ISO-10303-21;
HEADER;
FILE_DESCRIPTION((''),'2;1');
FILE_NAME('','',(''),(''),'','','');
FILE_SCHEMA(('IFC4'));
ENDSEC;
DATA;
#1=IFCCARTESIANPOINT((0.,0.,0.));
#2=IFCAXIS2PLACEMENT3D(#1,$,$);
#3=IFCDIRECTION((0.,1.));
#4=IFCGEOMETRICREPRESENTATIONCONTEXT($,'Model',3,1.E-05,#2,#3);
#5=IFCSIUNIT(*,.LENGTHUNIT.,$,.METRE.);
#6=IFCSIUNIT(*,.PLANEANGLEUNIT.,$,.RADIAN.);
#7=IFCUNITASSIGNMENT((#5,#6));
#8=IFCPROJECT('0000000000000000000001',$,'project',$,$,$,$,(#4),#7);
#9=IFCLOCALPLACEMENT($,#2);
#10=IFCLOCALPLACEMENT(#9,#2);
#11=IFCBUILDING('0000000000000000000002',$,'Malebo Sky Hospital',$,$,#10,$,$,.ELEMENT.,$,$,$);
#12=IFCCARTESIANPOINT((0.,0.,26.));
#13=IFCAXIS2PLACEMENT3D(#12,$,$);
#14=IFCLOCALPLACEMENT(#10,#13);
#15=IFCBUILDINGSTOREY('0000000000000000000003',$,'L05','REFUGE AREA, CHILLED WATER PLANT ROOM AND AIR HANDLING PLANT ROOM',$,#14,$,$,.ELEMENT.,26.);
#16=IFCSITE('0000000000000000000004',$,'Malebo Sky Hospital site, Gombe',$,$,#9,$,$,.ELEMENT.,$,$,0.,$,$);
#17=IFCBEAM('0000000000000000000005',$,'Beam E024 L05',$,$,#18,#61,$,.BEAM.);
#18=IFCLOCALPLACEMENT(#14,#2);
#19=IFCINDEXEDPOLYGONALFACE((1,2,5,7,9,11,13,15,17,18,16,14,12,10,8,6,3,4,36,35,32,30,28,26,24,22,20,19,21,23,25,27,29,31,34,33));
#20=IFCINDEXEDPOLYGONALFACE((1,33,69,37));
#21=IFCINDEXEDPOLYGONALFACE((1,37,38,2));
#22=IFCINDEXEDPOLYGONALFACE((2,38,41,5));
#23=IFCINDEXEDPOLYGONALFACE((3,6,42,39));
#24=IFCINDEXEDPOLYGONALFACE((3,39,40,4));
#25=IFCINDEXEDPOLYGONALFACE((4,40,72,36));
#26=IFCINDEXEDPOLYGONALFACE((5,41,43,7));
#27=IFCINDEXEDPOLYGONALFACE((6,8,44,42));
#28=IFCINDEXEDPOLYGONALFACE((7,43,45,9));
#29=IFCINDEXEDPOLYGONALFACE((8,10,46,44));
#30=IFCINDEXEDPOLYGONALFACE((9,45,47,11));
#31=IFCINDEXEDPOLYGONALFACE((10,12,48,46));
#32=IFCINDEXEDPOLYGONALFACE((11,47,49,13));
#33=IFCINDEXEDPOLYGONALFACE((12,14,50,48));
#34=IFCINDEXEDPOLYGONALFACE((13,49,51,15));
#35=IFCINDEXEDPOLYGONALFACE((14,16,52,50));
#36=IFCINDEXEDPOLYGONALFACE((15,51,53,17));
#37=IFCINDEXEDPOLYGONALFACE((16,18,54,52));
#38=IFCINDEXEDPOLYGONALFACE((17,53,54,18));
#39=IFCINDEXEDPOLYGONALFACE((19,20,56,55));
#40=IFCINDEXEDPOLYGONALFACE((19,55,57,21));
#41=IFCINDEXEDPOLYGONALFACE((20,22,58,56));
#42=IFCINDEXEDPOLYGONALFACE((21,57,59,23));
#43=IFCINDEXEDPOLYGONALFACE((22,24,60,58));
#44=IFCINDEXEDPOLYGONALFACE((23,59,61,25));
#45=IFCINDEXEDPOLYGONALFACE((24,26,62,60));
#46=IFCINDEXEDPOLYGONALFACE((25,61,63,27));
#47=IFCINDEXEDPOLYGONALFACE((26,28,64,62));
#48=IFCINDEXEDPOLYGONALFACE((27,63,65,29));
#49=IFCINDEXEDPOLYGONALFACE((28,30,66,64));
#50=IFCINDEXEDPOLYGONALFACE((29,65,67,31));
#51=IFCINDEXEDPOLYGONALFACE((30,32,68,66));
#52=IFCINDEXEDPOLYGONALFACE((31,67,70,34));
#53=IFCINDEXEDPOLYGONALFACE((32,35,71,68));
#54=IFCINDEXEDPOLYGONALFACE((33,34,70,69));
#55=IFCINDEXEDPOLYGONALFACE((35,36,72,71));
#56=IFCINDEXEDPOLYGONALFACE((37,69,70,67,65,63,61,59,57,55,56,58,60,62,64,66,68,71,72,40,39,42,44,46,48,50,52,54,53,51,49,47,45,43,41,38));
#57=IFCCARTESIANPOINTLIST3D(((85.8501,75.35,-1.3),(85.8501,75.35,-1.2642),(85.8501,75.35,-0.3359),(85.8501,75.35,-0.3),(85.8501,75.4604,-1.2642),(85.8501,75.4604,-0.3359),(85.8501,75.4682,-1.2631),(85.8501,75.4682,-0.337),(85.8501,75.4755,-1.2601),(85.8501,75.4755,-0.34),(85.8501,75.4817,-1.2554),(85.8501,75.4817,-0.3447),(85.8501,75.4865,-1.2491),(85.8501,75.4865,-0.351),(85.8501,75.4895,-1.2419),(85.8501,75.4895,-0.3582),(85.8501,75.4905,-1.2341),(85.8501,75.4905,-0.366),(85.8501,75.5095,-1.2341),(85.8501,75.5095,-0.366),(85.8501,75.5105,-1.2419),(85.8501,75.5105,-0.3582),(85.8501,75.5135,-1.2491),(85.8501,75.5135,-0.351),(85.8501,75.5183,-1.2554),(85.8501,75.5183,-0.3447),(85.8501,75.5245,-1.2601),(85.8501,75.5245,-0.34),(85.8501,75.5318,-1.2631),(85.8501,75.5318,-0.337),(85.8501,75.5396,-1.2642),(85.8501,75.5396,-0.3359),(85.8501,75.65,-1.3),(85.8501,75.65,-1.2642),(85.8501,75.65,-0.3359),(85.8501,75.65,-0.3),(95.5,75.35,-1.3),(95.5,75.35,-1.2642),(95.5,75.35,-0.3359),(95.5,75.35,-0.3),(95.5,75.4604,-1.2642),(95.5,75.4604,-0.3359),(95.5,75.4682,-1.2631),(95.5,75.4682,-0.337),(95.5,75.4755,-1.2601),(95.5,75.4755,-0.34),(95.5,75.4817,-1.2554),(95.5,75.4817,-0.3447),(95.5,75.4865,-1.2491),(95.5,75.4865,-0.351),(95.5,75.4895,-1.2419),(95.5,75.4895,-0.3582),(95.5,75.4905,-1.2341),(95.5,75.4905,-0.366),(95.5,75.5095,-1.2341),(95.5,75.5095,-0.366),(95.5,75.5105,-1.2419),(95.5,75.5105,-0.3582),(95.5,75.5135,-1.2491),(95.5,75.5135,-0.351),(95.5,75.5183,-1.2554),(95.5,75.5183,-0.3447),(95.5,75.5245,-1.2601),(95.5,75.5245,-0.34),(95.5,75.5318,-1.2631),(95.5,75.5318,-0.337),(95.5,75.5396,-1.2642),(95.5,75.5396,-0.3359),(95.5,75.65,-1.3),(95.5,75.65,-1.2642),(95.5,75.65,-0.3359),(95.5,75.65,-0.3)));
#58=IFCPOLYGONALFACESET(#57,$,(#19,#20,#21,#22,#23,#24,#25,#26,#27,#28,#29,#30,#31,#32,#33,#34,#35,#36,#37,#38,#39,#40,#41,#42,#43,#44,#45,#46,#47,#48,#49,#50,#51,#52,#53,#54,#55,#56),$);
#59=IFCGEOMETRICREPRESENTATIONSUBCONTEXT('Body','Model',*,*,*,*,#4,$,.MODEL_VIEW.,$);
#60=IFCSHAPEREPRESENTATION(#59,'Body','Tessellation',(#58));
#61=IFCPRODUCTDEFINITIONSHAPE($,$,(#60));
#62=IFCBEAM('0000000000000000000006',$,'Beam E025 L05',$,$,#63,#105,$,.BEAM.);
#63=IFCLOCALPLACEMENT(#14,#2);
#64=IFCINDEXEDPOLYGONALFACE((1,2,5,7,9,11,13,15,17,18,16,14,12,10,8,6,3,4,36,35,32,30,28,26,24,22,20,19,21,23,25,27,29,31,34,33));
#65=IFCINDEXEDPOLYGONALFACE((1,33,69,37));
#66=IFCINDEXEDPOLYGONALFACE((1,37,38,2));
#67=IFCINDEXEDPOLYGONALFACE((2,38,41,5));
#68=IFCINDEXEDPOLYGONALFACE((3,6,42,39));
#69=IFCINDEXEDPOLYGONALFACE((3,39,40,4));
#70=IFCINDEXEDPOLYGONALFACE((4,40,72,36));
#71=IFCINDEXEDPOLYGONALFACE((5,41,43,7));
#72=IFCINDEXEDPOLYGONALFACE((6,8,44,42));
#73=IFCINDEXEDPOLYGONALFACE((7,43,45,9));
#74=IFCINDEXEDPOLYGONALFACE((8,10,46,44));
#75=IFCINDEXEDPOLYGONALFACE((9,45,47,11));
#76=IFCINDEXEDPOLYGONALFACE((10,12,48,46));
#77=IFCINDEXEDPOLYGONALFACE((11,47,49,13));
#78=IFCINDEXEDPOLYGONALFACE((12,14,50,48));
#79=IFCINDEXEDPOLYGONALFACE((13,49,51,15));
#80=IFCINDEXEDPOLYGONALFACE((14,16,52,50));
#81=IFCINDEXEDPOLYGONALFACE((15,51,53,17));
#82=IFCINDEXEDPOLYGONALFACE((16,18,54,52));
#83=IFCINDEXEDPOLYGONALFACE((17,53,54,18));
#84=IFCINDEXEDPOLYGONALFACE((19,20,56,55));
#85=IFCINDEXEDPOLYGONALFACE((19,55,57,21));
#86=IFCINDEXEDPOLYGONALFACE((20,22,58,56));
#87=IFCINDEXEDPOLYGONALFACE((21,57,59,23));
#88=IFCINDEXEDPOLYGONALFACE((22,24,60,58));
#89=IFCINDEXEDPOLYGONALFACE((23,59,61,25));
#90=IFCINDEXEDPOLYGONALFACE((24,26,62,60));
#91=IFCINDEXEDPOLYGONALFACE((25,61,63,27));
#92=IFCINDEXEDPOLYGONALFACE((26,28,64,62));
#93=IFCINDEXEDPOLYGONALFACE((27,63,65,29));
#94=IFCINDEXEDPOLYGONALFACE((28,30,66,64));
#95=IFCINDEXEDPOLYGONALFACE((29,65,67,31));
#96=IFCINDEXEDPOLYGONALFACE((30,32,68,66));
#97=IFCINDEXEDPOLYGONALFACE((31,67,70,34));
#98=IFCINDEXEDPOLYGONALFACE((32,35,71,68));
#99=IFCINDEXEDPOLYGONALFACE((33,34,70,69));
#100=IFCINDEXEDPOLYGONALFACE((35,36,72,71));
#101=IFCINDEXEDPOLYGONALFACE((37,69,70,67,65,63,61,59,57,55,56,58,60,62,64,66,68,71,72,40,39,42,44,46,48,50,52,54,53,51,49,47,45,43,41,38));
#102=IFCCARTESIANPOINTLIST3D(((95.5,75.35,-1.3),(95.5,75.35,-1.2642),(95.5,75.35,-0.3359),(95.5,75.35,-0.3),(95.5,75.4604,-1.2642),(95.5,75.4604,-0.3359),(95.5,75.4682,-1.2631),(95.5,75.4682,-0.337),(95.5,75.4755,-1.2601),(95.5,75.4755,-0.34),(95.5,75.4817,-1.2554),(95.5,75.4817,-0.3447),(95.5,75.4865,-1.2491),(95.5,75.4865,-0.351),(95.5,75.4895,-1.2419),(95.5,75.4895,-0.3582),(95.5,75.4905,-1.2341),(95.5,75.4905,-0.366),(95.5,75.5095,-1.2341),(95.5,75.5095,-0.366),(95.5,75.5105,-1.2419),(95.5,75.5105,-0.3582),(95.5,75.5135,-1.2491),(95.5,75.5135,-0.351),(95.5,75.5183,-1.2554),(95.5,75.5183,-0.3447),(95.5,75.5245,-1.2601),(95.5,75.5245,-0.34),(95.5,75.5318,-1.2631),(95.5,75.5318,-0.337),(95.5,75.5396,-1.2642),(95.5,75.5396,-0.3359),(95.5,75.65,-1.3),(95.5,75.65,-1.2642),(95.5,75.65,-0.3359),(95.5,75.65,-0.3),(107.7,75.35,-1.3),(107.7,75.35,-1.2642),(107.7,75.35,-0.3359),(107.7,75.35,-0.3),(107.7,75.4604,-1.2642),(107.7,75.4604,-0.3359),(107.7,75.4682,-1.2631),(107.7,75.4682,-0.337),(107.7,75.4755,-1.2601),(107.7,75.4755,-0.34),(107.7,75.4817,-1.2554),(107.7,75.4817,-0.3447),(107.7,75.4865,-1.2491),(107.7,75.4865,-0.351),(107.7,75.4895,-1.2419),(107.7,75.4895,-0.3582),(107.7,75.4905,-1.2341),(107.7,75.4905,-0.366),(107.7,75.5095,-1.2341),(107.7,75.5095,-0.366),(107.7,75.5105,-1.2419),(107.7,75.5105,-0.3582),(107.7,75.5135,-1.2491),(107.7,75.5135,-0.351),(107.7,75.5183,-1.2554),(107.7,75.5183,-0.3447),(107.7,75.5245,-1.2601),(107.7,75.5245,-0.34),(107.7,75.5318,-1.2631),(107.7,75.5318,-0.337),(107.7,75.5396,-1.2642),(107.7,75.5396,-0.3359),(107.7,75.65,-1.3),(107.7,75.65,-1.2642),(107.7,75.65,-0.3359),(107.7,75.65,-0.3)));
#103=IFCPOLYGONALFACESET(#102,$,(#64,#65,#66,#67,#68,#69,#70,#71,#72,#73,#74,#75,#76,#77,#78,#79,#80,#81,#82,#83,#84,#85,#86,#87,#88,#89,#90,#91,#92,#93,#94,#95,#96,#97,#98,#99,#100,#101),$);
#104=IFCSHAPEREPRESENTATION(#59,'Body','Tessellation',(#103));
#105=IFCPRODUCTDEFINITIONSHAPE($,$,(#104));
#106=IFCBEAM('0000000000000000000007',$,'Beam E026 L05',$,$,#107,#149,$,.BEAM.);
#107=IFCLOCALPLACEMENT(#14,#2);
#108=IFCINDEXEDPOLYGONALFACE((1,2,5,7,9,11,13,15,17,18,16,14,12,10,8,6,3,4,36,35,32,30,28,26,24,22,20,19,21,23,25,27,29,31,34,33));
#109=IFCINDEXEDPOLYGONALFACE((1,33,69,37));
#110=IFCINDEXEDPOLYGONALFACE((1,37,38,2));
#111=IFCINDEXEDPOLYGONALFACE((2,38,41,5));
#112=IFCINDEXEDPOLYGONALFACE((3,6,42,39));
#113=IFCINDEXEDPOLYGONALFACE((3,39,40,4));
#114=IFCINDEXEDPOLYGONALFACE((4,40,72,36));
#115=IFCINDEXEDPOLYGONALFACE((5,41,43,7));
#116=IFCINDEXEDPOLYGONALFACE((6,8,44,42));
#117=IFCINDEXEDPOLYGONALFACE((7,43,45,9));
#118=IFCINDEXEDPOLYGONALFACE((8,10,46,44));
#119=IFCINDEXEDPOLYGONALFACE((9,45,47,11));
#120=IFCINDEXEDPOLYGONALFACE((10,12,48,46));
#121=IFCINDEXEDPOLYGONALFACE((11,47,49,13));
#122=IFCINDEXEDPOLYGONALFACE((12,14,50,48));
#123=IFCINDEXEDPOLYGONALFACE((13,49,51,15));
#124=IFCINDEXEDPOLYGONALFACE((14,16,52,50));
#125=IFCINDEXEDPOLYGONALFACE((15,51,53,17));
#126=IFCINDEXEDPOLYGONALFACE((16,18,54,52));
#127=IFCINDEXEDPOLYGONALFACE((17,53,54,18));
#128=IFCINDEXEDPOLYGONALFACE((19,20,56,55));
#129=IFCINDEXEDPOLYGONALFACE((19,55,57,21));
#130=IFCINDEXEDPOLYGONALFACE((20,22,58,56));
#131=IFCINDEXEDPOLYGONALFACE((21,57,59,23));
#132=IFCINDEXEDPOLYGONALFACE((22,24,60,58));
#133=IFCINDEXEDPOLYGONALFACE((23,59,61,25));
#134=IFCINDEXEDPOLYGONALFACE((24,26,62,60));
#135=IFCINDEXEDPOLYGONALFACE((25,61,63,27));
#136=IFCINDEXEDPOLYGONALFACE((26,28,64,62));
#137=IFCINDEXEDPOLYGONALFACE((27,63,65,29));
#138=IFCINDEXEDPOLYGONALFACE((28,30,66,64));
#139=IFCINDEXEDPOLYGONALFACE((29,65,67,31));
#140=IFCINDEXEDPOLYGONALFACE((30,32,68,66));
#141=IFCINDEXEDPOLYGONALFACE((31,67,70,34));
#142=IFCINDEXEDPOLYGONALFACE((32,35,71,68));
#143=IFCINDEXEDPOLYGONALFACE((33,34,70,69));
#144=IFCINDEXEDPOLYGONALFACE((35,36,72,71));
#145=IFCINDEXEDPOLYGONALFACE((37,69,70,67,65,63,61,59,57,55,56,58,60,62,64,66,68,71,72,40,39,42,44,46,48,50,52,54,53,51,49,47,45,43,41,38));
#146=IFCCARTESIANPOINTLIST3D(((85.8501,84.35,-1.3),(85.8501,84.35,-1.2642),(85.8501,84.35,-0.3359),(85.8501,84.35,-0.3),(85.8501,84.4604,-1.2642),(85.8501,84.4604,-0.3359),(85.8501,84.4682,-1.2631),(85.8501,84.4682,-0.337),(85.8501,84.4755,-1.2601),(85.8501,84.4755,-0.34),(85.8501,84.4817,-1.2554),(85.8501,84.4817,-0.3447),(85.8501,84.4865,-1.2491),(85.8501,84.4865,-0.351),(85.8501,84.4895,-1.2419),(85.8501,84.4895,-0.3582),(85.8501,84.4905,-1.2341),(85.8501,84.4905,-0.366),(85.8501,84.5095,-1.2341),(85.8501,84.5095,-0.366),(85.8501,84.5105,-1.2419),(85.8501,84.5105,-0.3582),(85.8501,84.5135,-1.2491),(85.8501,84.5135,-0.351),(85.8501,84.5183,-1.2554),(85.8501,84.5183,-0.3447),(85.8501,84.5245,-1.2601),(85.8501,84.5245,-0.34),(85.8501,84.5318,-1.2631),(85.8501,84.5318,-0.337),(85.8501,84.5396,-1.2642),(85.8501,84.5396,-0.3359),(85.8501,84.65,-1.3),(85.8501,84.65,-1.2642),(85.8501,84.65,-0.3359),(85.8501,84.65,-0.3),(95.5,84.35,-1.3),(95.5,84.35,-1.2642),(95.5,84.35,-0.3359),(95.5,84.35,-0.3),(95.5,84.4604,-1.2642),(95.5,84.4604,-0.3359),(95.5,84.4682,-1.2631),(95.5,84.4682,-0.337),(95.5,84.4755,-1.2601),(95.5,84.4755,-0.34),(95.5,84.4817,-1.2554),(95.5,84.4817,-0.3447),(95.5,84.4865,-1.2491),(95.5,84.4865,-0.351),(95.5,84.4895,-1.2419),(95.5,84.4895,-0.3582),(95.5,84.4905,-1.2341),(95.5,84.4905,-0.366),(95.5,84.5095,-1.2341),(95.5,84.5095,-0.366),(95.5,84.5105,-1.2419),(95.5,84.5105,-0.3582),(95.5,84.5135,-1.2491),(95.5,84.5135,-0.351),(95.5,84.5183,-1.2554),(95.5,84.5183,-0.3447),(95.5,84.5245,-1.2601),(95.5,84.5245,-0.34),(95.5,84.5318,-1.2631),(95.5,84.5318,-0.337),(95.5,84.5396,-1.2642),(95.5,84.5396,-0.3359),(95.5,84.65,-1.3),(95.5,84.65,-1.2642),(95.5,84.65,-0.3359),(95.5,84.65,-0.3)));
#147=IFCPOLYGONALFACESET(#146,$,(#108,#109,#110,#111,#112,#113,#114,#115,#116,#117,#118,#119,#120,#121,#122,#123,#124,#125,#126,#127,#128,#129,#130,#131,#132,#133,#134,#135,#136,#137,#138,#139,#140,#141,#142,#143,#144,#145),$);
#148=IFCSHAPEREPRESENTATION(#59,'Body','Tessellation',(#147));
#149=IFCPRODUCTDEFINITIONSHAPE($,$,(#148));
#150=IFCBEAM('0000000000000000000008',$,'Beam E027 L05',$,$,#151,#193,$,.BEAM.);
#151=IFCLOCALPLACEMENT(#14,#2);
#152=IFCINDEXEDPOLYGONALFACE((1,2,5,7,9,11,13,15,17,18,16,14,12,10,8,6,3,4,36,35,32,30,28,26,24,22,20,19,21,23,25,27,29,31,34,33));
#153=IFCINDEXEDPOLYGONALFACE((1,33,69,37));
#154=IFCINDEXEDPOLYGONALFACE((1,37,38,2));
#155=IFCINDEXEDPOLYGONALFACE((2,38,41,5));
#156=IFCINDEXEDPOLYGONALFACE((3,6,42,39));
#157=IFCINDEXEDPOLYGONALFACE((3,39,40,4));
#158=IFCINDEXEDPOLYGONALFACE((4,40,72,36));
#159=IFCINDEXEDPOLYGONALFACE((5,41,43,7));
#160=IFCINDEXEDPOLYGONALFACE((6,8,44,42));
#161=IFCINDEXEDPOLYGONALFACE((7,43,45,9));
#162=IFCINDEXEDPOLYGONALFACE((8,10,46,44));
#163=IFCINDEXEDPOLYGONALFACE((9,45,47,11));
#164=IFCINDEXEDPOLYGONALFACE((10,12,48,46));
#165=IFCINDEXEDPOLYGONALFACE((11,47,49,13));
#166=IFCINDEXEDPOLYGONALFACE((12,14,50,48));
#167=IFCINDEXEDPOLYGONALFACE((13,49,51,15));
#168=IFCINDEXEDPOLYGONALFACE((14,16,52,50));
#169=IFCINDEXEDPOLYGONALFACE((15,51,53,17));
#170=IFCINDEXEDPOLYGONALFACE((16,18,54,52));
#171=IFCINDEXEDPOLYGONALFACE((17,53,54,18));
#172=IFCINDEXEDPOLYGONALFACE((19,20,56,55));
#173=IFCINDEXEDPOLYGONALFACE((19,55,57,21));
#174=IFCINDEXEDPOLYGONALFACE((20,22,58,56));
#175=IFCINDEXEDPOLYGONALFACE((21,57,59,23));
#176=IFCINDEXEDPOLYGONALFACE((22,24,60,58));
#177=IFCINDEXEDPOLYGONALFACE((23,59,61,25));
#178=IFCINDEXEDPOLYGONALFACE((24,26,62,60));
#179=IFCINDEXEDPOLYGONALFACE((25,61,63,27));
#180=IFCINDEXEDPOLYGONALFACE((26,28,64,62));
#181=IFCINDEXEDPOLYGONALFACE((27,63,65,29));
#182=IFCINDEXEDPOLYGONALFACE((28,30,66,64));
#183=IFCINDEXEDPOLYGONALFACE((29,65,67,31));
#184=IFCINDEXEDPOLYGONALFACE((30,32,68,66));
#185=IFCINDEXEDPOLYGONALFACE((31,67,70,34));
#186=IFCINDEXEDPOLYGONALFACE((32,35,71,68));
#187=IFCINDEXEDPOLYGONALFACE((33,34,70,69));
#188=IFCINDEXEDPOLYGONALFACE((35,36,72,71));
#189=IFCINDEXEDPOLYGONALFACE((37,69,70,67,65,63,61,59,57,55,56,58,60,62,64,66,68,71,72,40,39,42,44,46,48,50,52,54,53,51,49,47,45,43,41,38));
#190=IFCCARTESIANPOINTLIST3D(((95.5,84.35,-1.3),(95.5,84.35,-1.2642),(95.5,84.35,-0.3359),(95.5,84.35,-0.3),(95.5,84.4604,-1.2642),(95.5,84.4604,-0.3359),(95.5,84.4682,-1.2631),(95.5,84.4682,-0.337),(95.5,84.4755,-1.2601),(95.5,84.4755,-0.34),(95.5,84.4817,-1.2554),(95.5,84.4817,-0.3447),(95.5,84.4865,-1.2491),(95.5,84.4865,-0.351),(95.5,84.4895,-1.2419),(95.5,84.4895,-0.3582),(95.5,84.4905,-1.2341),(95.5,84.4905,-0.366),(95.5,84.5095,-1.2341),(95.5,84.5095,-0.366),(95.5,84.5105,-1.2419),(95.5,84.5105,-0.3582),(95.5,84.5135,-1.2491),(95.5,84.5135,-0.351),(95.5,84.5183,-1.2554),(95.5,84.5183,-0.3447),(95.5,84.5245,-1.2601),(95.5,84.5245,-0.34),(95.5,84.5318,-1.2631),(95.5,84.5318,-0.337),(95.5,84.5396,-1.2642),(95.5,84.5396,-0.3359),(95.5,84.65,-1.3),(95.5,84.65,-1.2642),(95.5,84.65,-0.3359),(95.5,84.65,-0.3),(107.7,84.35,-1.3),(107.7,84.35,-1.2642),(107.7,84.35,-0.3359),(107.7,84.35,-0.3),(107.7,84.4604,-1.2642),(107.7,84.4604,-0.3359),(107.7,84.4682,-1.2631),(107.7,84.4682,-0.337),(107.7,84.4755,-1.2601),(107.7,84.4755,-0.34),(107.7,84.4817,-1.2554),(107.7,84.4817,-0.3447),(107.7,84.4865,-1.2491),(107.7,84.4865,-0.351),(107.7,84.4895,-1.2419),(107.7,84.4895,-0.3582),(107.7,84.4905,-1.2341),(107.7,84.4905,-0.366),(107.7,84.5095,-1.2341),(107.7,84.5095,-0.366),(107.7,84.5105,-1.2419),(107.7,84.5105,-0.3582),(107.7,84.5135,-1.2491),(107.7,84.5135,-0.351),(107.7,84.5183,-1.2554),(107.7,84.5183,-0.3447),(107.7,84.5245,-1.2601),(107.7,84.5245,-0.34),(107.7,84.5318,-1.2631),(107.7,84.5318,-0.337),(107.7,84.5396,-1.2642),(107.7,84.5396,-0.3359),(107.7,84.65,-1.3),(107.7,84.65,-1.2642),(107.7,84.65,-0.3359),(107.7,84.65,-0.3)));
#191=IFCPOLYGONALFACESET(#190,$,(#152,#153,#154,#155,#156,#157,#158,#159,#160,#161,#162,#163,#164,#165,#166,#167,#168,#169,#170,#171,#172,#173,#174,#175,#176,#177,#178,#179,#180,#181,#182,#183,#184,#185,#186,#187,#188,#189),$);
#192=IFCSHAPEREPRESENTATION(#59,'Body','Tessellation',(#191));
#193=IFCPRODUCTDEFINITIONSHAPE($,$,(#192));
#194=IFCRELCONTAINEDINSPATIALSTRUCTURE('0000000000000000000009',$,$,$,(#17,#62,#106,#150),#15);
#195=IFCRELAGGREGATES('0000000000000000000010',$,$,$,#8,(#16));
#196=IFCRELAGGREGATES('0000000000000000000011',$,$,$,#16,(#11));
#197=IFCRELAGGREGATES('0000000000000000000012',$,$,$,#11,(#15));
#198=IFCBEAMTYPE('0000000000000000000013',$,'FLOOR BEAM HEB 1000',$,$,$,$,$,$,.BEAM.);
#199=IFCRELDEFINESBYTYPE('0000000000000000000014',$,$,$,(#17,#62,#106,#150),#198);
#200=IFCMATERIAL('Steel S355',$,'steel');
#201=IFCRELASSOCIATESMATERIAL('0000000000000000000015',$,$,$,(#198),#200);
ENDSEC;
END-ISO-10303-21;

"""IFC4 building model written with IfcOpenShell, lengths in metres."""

from ifc_helpers import new_model, si_unit, direction, frame, origin, origin_2d, place, context, subcontext, project, spatial, i_section, extrude, material, material_profile, profile_set, type_object, element, save


model = new_model("IFC4")

# Units and contexts
model_context = context("Model", 3, precision=1e-05, world=origin(), true_north=direction((0.0, 1.0)))
body_context = subcontext(model_context, "Body", "Model", "MODEL_VIEW")
ifc_project = project(units=[si_unit("LENGTHUNIT", "METRE"), si_unit("PLANEANGLEUNIT", "RADIAN")], contexts=[model_context])

# Site, building, storey
site_placement = place(None, origin())
site = spatial("IfcSite", under=ifc_project, at=site_placement, Name="Malebo Sky Hospital site, Gombe", CompositionType="ELEMENT", RefElevation=0.0)
building_placement = place(site_placement, origin())
building = spatial("IfcBuilding", under=site, at=building_placement, Name="Malebo Sky Hospital", CompositionType="ELEMENT")
storey_placement = place(building_placement, frame((0.0, 0.0, 26.0)))
storey = spatial("IfcBuildingStorey", under=building, at=storey_placement, Name="L05", Description="REFUGE AREA, CHILLED WATER PLANT ROOM AND AIR HANDLING PLANT ROOM", CompositionType="ELEMENT", Elevation=26.0)

# Beams
ifc_material_1 = material(Name="Steel S355", Category="steel")
ifc_material_profile_1 = material_profile(ifc_material_1, i_section(OverallWidth=0.3, OverallDepth=1.0, WebThickness=0.019, FlangeThickness=0.0359, FilletRadius=0.03, at=origin_2d()), Name="HEB 1000")
ifc_profile_set_1 = profile_set([ifc_material_profile_1], Name="Steel S355")
beam_type_1 = type_object("IfcBeamType", Name="FLOOR BEAM HEB 1000", PredefinedType="BEAM", material=ifc_profile_set_1)
beam_1_placement = place(storey_placement, frame((85.8501, 75.5, -0.8), z_axis=(1.0, 0.0, 0.0), x_axis=(0.0, 1.0, 0.0)))
element("IfcBeam", 1, at=beam_1_placement, inside=storey, type_object=beam_type_1, Name="Beam E024 L05", PredefinedType="BEAM", context=body_context, shape_type="SweptSolid", body=[
    extrude(i_section(OverallWidth=0.3, OverallDepth=1.0, WebThickness=0.019, FlangeThickness=0.0359, FilletRadius=0.03, at=origin_2d()), origin(), (0.0, 0.0, 1.0), 9.6499),
])
beam_2_placement = place(storey_placement, frame((95.5, 75.5, -0.8), z_axis=(1.0, 0.0, 0.0), x_axis=(0.0, 1.0, 0.0)))
element("IfcBeam", 2, at=beam_2_placement, inside=storey, type_object=beam_type_1, Name="Beam E025 L05", PredefinedType="BEAM", context=body_context, shape_type="SweptSolid", body=[
    extrude(i_section(OverallWidth=0.3, OverallDepth=1.0, WebThickness=0.019, FlangeThickness=0.0359, FilletRadius=0.03, at=origin_2d()), origin(), (0.0, 0.0, 1.0), 12.2),
])
beam_3_placement = place(storey_placement, frame((85.8501, 84.5, -0.8), z_axis=(1.0, 0.0, 0.0), x_axis=(0.0, 1.0, 0.0)))
element("IfcBeam", 3, at=beam_3_placement, inside=storey, type_object=beam_type_1, Name="Beam E026 L05", PredefinedType="BEAM", context=body_context, shape_type="SweptSolid", body=[
    extrude(i_section(OverallWidth=0.3, OverallDepth=1.0, WebThickness=0.019, FlangeThickness=0.0359, FilletRadius=0.03, at=origin_2d()), origin(), (0.0, 0.0, 1.0), 9.6499),
])
beam_4_placement = place(storey_placement, frame((95.5, 84.5, -0.8), z_axis=(1.0, 0.0, 0.0), x_axis=(0.0, 1.0, 0.0)))
element("IfcBeam", 4, at=beam_4_placement, inside=storey, type_object=beam_type_1, Name="Beam E027 L05", PredefinedType="BEAM", context=body_context, shape_type="SweptSolid", body=[
    extrude(i_section(OverallWidth=0.3, OverallDepth=1.0, WebThickness=0.019, FlangeThickness=0.0359, FilletRadius=0.03, at=origin_2d()), origin(), (0.0, 0.0, 1.0), 12.2),
])

save(model, "model.ifc")
